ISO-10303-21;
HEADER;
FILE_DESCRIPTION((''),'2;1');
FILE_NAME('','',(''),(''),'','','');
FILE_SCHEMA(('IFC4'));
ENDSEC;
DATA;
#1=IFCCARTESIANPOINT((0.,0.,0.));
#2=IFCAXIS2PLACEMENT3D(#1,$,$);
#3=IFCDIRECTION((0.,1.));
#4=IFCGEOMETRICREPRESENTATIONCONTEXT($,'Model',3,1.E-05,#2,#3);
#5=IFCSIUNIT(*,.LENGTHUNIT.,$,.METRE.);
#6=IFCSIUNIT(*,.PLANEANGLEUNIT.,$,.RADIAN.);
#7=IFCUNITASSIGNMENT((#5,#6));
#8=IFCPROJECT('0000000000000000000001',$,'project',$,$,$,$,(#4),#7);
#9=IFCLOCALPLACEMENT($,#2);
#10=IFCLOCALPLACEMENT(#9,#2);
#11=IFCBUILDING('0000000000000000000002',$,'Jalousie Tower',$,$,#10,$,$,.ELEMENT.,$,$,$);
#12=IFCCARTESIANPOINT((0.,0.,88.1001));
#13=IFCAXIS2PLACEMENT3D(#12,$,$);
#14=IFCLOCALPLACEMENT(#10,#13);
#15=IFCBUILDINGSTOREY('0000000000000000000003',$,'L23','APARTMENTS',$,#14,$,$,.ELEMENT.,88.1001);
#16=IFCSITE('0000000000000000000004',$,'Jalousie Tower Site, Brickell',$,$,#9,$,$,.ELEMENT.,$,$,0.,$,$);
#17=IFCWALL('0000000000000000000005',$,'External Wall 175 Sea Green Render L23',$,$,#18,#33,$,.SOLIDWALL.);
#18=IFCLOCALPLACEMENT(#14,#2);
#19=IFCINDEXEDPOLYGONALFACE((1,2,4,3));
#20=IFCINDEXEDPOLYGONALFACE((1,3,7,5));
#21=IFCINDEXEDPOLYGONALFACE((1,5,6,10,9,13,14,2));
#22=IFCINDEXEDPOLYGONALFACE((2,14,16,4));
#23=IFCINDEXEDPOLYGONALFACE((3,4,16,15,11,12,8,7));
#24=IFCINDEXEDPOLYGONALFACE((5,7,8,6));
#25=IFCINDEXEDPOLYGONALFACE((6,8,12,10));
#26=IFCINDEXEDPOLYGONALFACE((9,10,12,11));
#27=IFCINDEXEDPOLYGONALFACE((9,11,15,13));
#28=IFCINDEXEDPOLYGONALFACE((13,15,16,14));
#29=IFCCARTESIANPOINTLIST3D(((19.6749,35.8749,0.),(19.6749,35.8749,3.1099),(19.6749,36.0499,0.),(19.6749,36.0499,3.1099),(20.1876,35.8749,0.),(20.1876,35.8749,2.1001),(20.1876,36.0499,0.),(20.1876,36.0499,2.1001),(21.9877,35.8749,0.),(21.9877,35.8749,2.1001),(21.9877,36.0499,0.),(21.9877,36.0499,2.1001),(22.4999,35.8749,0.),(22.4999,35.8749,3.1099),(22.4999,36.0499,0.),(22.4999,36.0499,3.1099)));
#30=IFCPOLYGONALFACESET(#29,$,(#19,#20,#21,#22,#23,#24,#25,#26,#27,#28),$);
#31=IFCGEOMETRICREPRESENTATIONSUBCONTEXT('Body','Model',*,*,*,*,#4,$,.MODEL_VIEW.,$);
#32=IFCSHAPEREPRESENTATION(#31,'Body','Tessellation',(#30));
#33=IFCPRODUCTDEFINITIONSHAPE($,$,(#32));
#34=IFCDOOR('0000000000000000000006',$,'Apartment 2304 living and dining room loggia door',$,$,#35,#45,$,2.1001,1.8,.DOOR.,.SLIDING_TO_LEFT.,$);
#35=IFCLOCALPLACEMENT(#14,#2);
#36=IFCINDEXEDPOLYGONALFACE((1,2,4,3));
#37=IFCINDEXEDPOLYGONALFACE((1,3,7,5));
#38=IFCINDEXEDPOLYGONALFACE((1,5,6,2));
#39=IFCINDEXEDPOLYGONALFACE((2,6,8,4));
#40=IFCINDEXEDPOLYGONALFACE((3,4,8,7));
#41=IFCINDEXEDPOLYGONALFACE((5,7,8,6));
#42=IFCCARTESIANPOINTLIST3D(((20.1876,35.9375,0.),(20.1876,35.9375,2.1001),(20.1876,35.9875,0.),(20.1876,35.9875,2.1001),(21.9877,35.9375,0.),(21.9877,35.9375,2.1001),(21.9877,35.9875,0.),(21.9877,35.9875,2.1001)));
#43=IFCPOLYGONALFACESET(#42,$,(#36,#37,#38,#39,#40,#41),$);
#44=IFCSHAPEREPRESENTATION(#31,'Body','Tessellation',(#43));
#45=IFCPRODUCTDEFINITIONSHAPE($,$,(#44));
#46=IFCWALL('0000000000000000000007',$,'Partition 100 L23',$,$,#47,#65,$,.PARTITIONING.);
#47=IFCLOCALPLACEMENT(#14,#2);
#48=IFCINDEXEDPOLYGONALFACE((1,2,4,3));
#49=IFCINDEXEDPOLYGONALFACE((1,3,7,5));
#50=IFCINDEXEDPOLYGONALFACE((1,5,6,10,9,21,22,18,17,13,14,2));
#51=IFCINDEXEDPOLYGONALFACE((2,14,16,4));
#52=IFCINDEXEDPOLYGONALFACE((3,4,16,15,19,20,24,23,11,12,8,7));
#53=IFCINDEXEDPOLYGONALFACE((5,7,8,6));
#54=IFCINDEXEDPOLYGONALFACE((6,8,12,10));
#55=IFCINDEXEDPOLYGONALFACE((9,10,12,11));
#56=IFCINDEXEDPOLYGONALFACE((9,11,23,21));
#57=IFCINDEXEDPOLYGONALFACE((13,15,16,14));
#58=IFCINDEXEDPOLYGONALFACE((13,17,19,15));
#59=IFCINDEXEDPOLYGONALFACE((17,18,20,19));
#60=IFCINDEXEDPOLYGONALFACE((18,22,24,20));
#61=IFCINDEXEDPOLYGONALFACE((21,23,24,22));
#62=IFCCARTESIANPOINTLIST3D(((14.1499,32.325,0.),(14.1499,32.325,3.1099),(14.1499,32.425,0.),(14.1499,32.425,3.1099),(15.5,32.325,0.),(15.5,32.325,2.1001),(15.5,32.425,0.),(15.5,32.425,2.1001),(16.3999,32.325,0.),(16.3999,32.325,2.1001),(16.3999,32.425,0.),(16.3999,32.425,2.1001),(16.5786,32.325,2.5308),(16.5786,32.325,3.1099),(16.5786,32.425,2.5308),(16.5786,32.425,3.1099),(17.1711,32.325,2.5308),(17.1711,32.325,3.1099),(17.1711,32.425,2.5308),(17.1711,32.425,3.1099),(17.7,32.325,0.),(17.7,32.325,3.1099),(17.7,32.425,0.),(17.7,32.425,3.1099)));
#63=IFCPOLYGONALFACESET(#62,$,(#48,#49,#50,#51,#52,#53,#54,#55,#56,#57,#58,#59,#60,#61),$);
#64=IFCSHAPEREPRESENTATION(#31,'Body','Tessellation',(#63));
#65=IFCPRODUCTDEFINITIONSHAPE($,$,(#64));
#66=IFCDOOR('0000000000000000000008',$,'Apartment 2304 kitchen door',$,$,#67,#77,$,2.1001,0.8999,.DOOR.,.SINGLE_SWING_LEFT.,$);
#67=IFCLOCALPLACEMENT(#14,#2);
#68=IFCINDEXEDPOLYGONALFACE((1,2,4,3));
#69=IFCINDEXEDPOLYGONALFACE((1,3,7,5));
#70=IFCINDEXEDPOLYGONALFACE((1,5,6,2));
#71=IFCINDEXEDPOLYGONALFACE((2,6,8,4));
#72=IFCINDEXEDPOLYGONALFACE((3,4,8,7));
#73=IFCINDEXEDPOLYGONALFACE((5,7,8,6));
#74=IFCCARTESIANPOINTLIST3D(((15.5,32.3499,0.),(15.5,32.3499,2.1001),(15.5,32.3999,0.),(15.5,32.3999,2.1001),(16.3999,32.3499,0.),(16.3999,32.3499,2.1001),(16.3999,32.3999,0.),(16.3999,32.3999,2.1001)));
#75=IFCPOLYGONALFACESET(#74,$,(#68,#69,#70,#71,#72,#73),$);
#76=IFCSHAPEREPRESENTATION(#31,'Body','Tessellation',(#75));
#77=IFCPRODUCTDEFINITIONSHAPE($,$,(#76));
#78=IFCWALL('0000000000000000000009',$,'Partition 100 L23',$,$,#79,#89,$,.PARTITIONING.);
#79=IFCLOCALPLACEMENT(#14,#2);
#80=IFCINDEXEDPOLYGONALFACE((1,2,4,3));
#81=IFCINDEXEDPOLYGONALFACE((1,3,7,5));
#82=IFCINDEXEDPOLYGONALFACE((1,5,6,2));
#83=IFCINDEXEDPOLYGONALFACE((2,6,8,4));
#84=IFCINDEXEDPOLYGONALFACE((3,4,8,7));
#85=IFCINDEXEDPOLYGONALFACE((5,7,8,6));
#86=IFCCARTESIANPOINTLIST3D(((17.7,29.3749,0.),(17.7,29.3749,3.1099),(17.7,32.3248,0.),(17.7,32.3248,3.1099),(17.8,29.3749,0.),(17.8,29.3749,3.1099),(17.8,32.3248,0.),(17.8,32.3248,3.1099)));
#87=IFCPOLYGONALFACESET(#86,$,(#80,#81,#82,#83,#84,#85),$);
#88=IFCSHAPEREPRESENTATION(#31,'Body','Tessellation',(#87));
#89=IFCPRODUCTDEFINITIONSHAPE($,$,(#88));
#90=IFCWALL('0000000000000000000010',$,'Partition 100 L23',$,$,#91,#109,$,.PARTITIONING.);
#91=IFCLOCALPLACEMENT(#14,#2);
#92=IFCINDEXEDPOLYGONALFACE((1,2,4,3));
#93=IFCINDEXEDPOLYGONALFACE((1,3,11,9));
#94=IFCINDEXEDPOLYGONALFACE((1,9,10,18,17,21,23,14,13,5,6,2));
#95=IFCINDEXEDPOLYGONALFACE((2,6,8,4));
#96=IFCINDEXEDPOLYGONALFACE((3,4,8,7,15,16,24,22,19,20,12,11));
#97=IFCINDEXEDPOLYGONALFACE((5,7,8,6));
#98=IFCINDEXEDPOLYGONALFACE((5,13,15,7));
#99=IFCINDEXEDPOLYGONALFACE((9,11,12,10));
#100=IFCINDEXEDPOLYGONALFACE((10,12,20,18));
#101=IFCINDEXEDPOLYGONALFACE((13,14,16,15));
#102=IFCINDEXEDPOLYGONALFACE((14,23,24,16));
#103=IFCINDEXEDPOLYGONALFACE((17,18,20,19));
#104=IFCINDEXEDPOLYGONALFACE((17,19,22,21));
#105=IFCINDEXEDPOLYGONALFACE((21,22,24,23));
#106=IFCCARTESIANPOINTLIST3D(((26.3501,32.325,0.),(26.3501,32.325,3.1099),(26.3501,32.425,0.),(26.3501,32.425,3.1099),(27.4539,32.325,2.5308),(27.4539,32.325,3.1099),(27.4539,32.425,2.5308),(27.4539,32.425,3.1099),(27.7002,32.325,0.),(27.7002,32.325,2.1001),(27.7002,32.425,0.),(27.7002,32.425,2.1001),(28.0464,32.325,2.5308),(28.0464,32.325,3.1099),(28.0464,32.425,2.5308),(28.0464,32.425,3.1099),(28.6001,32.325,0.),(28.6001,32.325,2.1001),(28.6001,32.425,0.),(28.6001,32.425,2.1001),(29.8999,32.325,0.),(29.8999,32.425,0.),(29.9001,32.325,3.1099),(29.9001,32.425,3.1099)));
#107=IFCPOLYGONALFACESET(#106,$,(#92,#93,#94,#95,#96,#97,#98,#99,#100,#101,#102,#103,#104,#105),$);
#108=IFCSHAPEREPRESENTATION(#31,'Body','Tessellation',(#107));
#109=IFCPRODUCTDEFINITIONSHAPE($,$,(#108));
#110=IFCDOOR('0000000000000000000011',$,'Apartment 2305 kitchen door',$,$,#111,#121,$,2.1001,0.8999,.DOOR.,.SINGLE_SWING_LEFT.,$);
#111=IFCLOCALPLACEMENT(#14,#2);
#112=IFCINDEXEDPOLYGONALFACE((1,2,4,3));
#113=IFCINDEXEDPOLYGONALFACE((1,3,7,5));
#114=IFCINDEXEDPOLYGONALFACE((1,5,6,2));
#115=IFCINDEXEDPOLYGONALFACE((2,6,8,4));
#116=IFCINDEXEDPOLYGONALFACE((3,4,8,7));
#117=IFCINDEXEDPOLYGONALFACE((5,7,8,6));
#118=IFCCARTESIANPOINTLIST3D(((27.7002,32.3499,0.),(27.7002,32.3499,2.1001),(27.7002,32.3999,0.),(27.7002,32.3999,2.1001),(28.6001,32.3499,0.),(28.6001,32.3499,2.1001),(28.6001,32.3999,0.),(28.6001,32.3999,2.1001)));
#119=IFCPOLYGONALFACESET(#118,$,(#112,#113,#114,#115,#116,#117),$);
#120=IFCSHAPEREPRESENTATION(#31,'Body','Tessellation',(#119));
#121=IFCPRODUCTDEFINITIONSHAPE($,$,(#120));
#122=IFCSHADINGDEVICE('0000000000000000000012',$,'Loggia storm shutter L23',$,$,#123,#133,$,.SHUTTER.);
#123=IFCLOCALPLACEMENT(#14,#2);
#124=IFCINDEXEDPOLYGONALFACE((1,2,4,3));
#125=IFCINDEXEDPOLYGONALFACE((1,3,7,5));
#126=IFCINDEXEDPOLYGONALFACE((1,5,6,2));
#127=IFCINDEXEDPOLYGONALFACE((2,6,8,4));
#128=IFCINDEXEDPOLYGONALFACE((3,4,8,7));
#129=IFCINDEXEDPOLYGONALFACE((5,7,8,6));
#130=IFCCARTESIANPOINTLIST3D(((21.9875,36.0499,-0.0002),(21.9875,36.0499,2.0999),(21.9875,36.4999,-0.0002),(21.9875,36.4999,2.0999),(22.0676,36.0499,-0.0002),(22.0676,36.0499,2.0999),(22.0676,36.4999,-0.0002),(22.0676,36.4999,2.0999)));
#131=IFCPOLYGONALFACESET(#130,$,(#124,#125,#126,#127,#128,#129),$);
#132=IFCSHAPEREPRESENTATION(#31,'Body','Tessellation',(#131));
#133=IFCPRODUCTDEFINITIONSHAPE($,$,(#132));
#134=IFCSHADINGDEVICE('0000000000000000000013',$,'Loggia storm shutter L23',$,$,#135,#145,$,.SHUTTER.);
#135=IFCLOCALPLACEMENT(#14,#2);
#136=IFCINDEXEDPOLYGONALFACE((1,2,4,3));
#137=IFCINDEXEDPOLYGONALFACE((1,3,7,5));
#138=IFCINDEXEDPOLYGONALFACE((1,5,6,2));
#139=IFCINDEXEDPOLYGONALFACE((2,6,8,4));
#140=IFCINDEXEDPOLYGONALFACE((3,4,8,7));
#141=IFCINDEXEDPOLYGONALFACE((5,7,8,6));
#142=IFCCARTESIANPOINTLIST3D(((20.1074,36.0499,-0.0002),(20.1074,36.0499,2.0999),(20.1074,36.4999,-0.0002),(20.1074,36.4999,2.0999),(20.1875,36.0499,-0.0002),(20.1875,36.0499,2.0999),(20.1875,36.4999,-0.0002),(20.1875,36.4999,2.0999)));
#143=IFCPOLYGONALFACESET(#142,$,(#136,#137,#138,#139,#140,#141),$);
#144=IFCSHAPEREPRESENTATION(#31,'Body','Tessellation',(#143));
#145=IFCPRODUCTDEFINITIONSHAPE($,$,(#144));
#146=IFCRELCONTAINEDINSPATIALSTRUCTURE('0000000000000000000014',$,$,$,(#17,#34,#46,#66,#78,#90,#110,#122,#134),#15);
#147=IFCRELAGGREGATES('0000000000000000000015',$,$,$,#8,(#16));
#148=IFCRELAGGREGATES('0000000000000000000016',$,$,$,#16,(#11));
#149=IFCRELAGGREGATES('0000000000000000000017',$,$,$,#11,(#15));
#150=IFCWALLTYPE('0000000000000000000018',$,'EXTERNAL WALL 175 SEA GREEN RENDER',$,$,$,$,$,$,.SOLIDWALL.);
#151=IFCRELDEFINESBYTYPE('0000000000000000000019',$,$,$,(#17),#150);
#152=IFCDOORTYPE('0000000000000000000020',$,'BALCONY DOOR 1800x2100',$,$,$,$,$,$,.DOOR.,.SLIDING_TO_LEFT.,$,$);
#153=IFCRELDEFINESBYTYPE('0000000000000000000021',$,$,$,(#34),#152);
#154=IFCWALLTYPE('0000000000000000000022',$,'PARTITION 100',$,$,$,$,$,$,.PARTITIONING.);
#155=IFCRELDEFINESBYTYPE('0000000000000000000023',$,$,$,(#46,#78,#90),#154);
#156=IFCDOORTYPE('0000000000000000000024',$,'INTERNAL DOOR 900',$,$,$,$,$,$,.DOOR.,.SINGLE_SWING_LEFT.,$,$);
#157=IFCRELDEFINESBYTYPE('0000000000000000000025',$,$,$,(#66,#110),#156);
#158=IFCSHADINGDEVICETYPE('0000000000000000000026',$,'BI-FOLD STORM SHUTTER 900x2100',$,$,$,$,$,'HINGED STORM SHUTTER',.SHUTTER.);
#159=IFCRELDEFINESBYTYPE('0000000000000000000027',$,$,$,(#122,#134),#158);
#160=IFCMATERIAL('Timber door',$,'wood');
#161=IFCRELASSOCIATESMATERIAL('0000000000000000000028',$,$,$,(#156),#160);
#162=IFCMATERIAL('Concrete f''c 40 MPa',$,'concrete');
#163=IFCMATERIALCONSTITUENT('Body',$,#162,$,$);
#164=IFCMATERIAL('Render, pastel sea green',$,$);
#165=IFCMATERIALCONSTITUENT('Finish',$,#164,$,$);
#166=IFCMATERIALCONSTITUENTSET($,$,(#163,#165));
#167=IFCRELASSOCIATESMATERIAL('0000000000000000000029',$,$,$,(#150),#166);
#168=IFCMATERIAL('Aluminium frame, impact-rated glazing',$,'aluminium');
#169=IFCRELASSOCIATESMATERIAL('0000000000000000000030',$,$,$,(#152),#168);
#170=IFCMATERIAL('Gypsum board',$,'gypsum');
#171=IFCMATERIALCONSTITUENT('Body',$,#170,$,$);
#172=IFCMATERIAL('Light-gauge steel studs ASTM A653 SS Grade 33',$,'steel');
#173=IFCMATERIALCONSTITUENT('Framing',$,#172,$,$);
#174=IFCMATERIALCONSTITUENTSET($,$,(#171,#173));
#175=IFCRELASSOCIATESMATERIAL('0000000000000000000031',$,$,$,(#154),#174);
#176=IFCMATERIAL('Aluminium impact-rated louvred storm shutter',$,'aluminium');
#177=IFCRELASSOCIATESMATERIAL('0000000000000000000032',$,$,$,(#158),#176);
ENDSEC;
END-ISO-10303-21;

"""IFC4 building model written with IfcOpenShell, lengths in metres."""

from ifc_helpers import new_model, si_unit, direction, frame, frame_2d, origin, origin_2d, place, context, subcontext, project, spatial, polyline, rectangle, outline, extrude, material, constituent, constituent_set, type_object, element, fill, save


model = new_model("IFC4")

# Units and contexts
model_context = context("Model", 3, precision=1e-05, world=origin(), true_north=direction((0.0, 1.0)))
body_context = subcontext(model_context, "Body", "Model", "MODEL_VIEW")
ifc_project = project(units=[si_unit("LENGTHUNIT", "METRE"), si_unit("PLANEANGLEUNIT", "RADIAN")], contexts=[model_context])

# Site, building, storey
site_placement = place(None, origin())
site = spatial("IfcSite", under=ifc_project, at=site_placement, Name="Jalousie Tower Site, Brickell", CompositionType="ELEMENT", RefElevation=0.0)
building_placement = place(site_placement, origin())
building = spatial("IfcBuilding", under=site, at=building_placement, Name="Jalousie Tower", CompositionType="ELEMENT")
storey_placement = place(building_placement, frame((0.0, 0.0, 88.1001)))
storey = spatial("IfcBuildingStorey", under=building, at=storey_placement, Name="L23", Description="APARTMENTS", CompositionType="ELEMENT", Elevation=88.1001)

# Shared definitions
ifc_material_1 = material(Name="Timber door", Category="wood")
door_type_1 = type_object("IfcDoorType", Name="INTERNAL DOOR 900", OperationType="SINGLE_SWING_LEFT", PredefinedType="DOOR", material=ifc_material_1)

# Walls, openings, doors
ifc_material_2 = material(Name="Concrete f'c 40 MPa", Category="concrete")
ifc_constituent_1 = constituent(ifc_material_2, Name="Body")
ifc_material_3 = material(Name="Render, pastel sea green")
ifc_constituent_2 = constituent(ifc_material_3, Name="Finish")
ifc_constituent_set_1 = constituent_set(constituents=[ifc_constituent_1, ifc_constituent_2])
wall_type_1 = type_object("IfcWallType", Name="EXTERNAL WALL 175 SEA GREEN RENDER", PredefinedType="SOLIDWALL", material=ifc_constituent_set_1)
wall_1_placement = place(storey_placement, frame((22.5, 35.9624, 0.0), z_axis=(0.0, 0.0, 1.0), x_axis=(-1.0, 0.0, 0.0)))
wall_1 = element("IfcWall", 1, at=wall_1_placement, inside=storey, type_object=wall_type_1, Name="External Wall 175 Sea Green Render L23", PredefinedType="SOLIDWALL", context=body_context, shape_type="SweptSolid", body=[
    extrude(rectangle(XDim=2.825, YDim=0.175, at=frame_2d((1.4126, 0.0))), origin(), (0.0, 0.0, 1.0), 3.1099),
])
opening_1_placement = place(wall_1_placement, frame((0.5125, 0.0, 0.0)))
opening_1 = element("IfcOpeningElement", 2, at=opening_1_placement, cuts=wall_1, PredefinedType="OPENING", context=body_context, shape_type="SweptSolid", body=[
    extrude(rectangle(XDim=1.8, YDim=2.1001, at=frame_2d((0.8999, 1.05))), frame((0.0, 0.0974, 0.0), z_axis=(0.0, -1.0, 0.0), x_axis=(1.0, 0.0, 0.0)), (0.0, 0.0, 1.0), 0.1951),
])
ifc_material_4 = material(Name="Aluminium frame, impact-rated glazing", Category="aluminium")
door_type_2 = type_object("IfcDoorType", Name="BALCONY DOOR 1800x2100", OperationType="SLIDING_TO_LEFT", PredefinedType="DOOR", material=ifc_material_4)
door_1_placement = place(opening_1_placement, origin())
door_1 = element("IfcDoor", 3, at=door_1_placement, inside=storey, type_object=door_type_2, Name="Apartment 2304 living and dining room loggia door", OperationType="SLIDING_TO_LEFT", OverallHeight=2.1001, OverallWidth=1.8, PredefinedType="DOOR", context=body_context, shape_type="SweptSolid", body=[
    extrude(rectangle(XDim=1.8, YDim=2.1001, at=frame_2d((0.8999, 1.05))), frame((0.0, 0.0249, 0.0), z_axis=(0.0, -1.0, 0.0), x_axis=(1.0, 0.0, 0.0)), (0.0, 0.0, 1.0), 0.05),
])
fill(opening_1, door_1)
ifc_material_5 = material(Name="Gypsum board", Category="gypsum")
ifc_constituent_3 = constituent(ifc_material_5, Name="Body")
ifc_material_6 = material(Name="Light-gauge steel studs ASTM A653 SS Grade 33", Category="steel")
ifc_constituent_4 = constituent(ifc_material_6, Name="Framing")
ifc_constituent_set_2 = constituent_set(constituents=[ifc_constituent_3, ifc_constituent_4])
wall_type_2 = type_object("IfcWallType", Name="PARTITION 100", PredefinedType="PARTITIONING", material=ifc_constituent_set_2)
wall_2_placement = place(storey_placement, frame((14.1499, 32.375, 0.0), z_axis=(0.0, 0.0, 1.0), x_axis=(1.0, 0.0, 0.0)))
wall_2 = element("IfcWall", 4, at=wall_2_placement, inside=storey, type_object=wall_type_2, Name="Partition 100 L23", PredefinedType="PARTITIONING", context=body_context, shape_type="SweptSolid", body=[
    extrude(outline(polyline([(0.0, 0.0), (3.55, 0.0), (3.55, 3.1099), (3.0212, 3.1099), (3.0212, 2.5308), (2.4287, 2.5308), (2.4287, 3.1099), (0.0, 3.1099), (0.0, 0.0)])), frame((0.0, 0.05, 0.0), z_axis=(0.0, -1.0, 0.0), x_axis=(1.0, 0.0, 0.0)), (0.0, 0.0, 1.0), 0.1001),
])
opening_2_placement = place(wall_2_placement, frame((1.3501, 0.0, 0.0)))
opening_2 = element("IfcOpeningElement", 5, at=opening_2_placement, cuts=wall_2, PredefinedType="OPENING", context=body_context, shape_type="SweptSolid", body=[
    extrude(rectangle(XDim=0.8999, YDim=2.1001, at=frame_2d((0.45, 1.05))), frame((0.0, 0.0601, 0.0), z_axis=(0.0, -1.0, 0.0), x_axis=(1.0, 0.0, 0.0)), (0.0, 0.0, 1.0), 0.1201),
])
door_2_placement = place(opening_2_placement, origin())
door_2 = element("IfcDoor", 6, at=door_2_placement, inside=storey, type_object=door_type_1, Name="Apartment 2304 kitchen door", OperationType="SINGLE_SWING_LEFT", OverallHeight=2.1001, OverallWidth=0.8999, PredefinedType="DOOR", context=body_context, shape_type="SweptSolid", body=[
    extrude(rectangle(XDim=0.8999, YDim=2.1001, at=frame_2d((0.45, 1.05))), frame((0.0, 0.0249, 0.0), z_axis=(0.0, -1.0, 0.0), x_axis=(1.0, 0.0, 0.0)), (0.0, 0.0, 1.0), 0.05),
])
fill(opening_2, door_2)

# Wall
wall_3_placement = place(storey_placement, frame((17.75, 32.325, 0.0), z_axis=(0.0, 0.0, 1.0), x_axis=(0.0, -1.0, 0.0)))
element("IfcWall", 7, at=wall_3_placement, inside=storey, type_object=wall_type_2, Name="Partition 100 L23", PredefinedType="PARTITIONING", context=body_context, shape_type="SweptSolid", body=[
    extrude(rectangle(XDim=2.95, YDim=0.1001, at=frame_2d((1.4751, 0.0))), origin(), (0.0, 0.0, 1.0), 3.1099),
])

# Wall, opening, door
wall_4_placement = place(storey_placement, frame((26.3501, 32.375, 0.0), z_axis=(0.0, 0.0, 1.0), x_axis=(1.0, 0.0, 0.0)))
wall_4 = element("IfcWall", 8, at=wall_4_placement, inside=storey, type_object=wall_type_2, Name="Partition 100 L23", PredefinedType="PARTITIONING", context=body_context, shape_type="SweptSolid", body=[
    extrude(outline(polyline([(0.0, 0.0), (3.5498, 0.0), (3.55, 3.1099), (1.6963, 3.1099), (1.6963, 2.5308), (1.1038, 2.5308), (1.1038, 3.1099), (0.0, 3.1099), (0.0, 0.0)])), frame((0.0, 0.05, 0.0), z_axis=(0.0, -1.0, 0.0), x_axis=(1.0, 0.0, 0.0)), (0.0, 0.0, 1.0), 0.1001),
])
opening_3_placement = place(wall_4_placement, frame((1.3501, 0.0, 0.0)))
opening_3 = element("IfcOpeningElement", 9, at=opening_3_placement, cuts=wall_4, PredefinedType="OPENING", context=body_context, shape_type="SweptSolid", body=[
    extrude(rectangle(XDim=0.8999, YDim=2.1001, at=frame_2d((0.45, 1.05))), frame((0.0, 0.0601, 0.0), z_axis=(0.0, -1.0, 0.0), x_axis=(1.0, 0.0, 0.0)), (0.0, 0.0, 1.0), 0.1201),
])
door_3_placement = place(opening_3_placement, origin())
door_3 = element("IfcDoor", 10, at=door_3_placement, inside=storey, type_object=door_type_1, Name="Apartment 2305 kitchen door", OperationType="SINGLE_SWING_LEFT", OverallHeight=2.1001, OverallWidth=0.8999, PredefinedType="DOOR", context=body_context, shape_type="SweptSolid", body=[
    extrude(rectangle(XDim=0.8999, YDim=2.1001, at=frame_2d((0.45, 1.05))), frame((0.0, 0.0249, 0.0), z_axis=(0.0, -1.0, 0.0), x_axis=(1.0, 0.0, 0.0)), (0.0, 0.0, 1.0), 0.05),
])
fill(opening_3, door_3)

# Shading devices
ifc_material_7 = material(Name="Aluminium impact-rated louvred storm shutter", Category="aluminium")
shading_device_type = type_object("IfcShadingDeviceType", Name="BI-FOLD STORM SHUTTER 900x2100", ElementType="HINGED STORM SHUTTER", PredefinedType="SHUTTER", material=ifc_material_7)
for number, where, z_axis, x_axis, name in (
    (11, (22.0276, 36.2749, -0.0002), (0.0, 0.0, 1.0), (0.0, -1.0, 0.0), "Loggia storm shutter L23"),
    (12, (20.1475, 36.2749, -0.0002), (0.0, 0.0, 1.0), (0.0, -1.0, 0.0), "Loggia storm shutter L23"),
):
    element("IfcShadingDevice", number, at=place(storey_placement, frame(where, z_axis=z_axis, x_axis=x_axis)), inside=storey, type_object=shading_device_type, Name=name, PredefinedType="SHUTTER", context=body_context, shape_type="SweptSolid", body=[
        extrude(rectangle(XDim=0.45, YDim=0.0801, at=origin_2d()), origin(), (0.0, 0.0, 1.0), 2.1001),
    ])

save(model, "model.ifc")
